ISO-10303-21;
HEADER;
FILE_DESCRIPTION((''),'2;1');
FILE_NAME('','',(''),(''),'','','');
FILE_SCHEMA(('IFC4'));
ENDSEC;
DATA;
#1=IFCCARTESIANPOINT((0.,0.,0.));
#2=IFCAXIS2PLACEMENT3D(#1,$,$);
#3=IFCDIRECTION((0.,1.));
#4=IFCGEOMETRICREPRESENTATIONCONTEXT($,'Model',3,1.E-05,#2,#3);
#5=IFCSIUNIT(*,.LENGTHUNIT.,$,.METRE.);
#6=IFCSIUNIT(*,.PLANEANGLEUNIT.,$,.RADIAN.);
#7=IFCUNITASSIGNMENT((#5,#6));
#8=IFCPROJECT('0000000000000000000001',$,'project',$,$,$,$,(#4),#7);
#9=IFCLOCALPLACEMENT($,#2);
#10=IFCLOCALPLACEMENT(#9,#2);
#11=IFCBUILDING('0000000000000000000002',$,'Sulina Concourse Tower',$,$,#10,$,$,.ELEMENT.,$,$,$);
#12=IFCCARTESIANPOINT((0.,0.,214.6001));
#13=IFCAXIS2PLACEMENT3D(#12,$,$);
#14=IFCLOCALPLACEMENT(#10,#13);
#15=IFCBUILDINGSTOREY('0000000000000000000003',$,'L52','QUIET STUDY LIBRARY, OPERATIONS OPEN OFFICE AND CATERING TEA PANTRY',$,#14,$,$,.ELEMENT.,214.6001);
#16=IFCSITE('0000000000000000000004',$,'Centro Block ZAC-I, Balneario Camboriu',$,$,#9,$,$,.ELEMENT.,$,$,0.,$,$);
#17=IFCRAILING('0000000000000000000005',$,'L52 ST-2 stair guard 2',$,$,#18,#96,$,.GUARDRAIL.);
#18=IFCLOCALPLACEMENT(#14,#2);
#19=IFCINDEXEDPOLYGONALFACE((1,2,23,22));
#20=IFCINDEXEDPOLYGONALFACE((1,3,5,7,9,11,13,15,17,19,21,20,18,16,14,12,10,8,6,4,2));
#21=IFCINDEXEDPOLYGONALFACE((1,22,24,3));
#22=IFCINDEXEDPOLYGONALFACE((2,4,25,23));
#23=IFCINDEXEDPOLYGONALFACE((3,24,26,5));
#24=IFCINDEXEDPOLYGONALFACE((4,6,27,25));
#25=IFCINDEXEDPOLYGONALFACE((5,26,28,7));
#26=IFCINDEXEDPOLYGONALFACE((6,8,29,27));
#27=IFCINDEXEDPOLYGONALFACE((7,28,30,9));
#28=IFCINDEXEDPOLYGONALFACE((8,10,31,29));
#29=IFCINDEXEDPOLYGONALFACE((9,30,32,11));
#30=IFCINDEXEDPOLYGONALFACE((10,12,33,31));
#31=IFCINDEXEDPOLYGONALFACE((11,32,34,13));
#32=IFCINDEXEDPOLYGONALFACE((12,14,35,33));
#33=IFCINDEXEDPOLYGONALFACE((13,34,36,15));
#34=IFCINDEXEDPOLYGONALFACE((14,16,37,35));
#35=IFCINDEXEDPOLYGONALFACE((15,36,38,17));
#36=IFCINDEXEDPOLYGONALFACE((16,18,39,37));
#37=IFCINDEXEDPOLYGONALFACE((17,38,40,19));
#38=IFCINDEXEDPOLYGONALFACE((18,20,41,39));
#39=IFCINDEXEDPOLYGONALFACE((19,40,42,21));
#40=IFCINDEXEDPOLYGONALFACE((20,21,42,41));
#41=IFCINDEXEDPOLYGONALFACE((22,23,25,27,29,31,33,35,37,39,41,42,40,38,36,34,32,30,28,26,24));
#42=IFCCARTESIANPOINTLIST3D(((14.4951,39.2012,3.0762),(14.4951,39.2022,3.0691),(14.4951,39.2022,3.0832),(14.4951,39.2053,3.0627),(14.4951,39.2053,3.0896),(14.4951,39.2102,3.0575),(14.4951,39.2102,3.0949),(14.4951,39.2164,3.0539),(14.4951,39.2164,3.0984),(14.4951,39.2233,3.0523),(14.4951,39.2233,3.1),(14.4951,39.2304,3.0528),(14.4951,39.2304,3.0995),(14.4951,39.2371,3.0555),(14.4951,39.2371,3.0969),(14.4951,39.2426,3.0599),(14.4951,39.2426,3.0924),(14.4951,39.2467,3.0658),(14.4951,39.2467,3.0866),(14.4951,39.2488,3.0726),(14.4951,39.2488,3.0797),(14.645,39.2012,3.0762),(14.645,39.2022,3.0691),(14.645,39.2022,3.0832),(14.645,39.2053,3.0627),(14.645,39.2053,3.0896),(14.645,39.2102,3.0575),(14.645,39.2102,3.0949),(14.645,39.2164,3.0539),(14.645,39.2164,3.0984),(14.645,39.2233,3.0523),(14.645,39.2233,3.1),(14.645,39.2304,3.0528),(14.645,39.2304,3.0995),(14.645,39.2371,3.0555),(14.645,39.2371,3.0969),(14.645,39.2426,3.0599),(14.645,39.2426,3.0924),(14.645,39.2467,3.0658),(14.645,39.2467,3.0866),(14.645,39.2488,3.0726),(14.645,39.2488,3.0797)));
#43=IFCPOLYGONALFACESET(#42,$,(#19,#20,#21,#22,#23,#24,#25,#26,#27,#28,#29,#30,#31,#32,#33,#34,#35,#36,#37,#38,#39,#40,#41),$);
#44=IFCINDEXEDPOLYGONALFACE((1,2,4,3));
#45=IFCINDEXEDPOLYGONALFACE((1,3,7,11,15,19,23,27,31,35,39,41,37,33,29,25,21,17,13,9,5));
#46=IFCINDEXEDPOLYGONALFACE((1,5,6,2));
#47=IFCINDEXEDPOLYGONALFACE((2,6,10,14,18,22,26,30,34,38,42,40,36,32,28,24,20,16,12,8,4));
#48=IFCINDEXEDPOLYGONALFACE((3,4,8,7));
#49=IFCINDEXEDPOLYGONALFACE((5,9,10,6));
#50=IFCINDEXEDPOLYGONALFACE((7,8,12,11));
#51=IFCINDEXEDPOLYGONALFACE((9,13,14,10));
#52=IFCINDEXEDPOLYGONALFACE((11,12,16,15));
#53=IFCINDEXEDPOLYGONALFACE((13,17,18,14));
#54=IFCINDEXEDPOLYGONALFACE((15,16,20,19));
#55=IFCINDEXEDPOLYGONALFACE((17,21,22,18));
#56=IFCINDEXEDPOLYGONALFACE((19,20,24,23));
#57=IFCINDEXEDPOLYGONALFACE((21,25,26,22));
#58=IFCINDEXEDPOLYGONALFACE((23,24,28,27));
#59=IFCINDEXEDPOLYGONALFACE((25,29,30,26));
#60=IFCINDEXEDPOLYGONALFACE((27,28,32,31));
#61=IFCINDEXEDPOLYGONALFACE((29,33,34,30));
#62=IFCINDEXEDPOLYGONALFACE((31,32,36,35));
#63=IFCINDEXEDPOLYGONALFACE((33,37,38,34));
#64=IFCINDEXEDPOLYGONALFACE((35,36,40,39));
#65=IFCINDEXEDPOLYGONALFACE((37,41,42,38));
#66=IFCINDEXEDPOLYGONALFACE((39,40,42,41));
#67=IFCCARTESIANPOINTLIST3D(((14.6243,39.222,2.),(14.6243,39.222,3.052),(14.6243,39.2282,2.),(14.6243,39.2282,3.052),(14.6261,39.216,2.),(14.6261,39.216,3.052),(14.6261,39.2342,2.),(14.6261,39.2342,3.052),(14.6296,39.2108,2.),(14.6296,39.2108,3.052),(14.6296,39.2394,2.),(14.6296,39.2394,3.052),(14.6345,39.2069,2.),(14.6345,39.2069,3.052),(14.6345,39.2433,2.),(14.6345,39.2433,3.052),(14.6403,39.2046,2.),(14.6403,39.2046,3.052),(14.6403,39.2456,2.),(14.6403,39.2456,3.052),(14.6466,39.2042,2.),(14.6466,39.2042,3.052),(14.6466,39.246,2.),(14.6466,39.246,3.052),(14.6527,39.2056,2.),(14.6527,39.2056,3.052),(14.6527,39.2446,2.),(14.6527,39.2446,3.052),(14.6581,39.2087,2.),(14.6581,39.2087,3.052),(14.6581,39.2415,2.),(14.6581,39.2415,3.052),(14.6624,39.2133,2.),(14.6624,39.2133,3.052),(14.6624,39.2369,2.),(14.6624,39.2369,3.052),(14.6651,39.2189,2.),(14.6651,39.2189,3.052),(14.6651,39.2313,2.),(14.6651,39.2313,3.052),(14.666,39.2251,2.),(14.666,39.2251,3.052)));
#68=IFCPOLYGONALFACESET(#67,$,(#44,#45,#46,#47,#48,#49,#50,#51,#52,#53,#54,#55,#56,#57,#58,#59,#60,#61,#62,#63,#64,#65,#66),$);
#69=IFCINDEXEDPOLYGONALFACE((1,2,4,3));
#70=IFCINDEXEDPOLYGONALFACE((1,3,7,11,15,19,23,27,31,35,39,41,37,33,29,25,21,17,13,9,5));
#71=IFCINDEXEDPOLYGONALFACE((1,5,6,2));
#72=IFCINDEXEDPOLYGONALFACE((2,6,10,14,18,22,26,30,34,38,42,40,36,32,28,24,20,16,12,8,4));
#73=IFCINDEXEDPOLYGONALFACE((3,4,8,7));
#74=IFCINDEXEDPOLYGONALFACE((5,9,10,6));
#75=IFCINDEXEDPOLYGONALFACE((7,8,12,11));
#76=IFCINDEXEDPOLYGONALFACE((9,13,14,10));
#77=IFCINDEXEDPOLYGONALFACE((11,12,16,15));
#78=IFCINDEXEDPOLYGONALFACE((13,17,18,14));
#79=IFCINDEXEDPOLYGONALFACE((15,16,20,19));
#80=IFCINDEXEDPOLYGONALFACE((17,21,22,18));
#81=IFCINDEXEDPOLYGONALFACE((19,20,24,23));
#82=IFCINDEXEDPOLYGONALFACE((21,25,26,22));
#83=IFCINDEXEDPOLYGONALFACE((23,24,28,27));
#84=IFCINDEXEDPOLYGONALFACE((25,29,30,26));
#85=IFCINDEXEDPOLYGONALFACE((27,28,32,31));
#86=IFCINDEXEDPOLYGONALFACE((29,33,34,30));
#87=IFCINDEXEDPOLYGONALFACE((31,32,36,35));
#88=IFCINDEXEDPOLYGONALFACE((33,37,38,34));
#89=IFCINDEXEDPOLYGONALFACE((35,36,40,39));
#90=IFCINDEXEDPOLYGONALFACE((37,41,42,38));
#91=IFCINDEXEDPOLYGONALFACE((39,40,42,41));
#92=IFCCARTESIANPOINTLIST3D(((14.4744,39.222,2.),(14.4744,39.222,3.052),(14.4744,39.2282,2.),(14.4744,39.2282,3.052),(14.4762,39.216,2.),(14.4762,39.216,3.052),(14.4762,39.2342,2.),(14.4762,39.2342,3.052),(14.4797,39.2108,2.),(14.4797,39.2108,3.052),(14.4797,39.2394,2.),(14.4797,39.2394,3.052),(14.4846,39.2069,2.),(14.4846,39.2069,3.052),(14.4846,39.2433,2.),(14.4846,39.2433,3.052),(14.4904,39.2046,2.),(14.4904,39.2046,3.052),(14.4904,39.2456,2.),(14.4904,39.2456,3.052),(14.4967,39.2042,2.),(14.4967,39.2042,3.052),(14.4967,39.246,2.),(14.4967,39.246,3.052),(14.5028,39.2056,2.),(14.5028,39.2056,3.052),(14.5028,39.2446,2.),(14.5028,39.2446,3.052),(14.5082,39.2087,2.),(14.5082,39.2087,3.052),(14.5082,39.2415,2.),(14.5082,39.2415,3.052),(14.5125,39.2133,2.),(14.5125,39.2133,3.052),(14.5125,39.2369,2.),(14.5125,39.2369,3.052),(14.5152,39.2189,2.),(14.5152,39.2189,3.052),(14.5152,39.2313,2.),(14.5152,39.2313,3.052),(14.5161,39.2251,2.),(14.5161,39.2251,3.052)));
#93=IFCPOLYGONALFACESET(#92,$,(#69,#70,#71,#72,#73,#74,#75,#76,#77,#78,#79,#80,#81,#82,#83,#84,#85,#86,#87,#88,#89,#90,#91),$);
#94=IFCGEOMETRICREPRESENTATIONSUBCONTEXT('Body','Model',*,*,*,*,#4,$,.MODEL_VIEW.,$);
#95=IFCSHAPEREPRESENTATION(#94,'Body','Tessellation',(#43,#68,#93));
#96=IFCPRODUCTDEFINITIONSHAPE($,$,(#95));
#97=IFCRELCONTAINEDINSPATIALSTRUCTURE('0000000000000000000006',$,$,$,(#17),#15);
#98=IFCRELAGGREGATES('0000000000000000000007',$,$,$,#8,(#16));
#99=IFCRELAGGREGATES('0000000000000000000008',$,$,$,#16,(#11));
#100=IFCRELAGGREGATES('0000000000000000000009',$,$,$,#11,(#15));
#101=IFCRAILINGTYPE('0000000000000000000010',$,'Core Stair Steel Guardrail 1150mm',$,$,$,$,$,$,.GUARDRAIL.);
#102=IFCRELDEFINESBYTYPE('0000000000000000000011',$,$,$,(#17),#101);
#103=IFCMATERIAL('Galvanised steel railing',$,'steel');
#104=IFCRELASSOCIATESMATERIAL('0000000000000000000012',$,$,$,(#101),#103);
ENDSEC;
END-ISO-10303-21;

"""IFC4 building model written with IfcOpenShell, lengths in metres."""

from ifc_helpers import new_model, si_unit, direction, frame, origin, origin_2d, place, context, subcontext, project, spatial, circle, extrude, material, type_object, element, save


model = new_model("IFC4")

# Units and contexts
model_context = context("Model", 3, precision=1e-05, world=origin(), true_north=direction((0.0, 1.0)))
body_context = subcontext(model_context, "Body", "Model", "MODEL_VIEW")
ifc_project = project(units=[si_unit("LENGTHUNIT", "METRE"), si_unit("PLANEANGLEUNIT", "RADIAN")], contexts=[model_context])

# Site, building, storey
site_placement = place(None, origin())
site = spatial("IfcSite", under=ifc_project, at=site_placement, Name="Centro Block ZAC-I, Balneario Camboriu", CompositionType="ELEMENT", RefElevation=0.0)
building_placement = place(site_placement, origin())
building = spatial("IfcBuilding", under=site, at=building_placement, Name="Sulina Concourse Tower", CompositionType="ELEMENT")
storey_placement = place(building_placement, frame((0.0, 0.0, 214.6001)))
storey = spatial("IfcBuildingStorey", under=building, at=storey_placement, Name="L52", Description="QUIET STUDY LIBRARY, OPERATIONS OPEN OFFICE AND CATERING TEA PANTRY", CompositionType="ELEMENT", Elevation=214.6001)

# Railing
ifc_material_1 = material(Name="Galvanised steel railing", Category="steel")
railing_type_1 = type_object("IfcRailingType", Name="Core Stair Steel Guardrail 1150mm", PredefinedType="GUARDRAIL", material=ifc_material_1)
railing_1_placement = place(storey_placement, frame((14.645, 39.2251, 2.0)))
element("IfcRailing", 1, at=railing_1_placement, inside=storey, type_object=railing_type_1, Name="L52 ST-2 stair guard 2", PredefinedType="GUARDRAIL", context=body_context, shape_type="SweptSolid", body=[
    extrude(circle(Radius=0.0239, at=origin_2d()), frame((0.0, 0.0, 1.0762), z_axis=(-1.0, 0.0, 0.0), x_axis=(0.0, -1.0, 0.0)), (0.0, 0.0, 1.0), 0.1499),
    extrude(circle(Radius=0.021, at=origin_2d()), origin(), (0.0, 0.0, 1.0), 1.052),
    extrude(circle(Radius=0.021, at=origin_2d()), frame((-0.1499, 0.0, 0.0)), (0.0, 0.0, 1.0), 1.052),
])

save(model, "model.ifc")
